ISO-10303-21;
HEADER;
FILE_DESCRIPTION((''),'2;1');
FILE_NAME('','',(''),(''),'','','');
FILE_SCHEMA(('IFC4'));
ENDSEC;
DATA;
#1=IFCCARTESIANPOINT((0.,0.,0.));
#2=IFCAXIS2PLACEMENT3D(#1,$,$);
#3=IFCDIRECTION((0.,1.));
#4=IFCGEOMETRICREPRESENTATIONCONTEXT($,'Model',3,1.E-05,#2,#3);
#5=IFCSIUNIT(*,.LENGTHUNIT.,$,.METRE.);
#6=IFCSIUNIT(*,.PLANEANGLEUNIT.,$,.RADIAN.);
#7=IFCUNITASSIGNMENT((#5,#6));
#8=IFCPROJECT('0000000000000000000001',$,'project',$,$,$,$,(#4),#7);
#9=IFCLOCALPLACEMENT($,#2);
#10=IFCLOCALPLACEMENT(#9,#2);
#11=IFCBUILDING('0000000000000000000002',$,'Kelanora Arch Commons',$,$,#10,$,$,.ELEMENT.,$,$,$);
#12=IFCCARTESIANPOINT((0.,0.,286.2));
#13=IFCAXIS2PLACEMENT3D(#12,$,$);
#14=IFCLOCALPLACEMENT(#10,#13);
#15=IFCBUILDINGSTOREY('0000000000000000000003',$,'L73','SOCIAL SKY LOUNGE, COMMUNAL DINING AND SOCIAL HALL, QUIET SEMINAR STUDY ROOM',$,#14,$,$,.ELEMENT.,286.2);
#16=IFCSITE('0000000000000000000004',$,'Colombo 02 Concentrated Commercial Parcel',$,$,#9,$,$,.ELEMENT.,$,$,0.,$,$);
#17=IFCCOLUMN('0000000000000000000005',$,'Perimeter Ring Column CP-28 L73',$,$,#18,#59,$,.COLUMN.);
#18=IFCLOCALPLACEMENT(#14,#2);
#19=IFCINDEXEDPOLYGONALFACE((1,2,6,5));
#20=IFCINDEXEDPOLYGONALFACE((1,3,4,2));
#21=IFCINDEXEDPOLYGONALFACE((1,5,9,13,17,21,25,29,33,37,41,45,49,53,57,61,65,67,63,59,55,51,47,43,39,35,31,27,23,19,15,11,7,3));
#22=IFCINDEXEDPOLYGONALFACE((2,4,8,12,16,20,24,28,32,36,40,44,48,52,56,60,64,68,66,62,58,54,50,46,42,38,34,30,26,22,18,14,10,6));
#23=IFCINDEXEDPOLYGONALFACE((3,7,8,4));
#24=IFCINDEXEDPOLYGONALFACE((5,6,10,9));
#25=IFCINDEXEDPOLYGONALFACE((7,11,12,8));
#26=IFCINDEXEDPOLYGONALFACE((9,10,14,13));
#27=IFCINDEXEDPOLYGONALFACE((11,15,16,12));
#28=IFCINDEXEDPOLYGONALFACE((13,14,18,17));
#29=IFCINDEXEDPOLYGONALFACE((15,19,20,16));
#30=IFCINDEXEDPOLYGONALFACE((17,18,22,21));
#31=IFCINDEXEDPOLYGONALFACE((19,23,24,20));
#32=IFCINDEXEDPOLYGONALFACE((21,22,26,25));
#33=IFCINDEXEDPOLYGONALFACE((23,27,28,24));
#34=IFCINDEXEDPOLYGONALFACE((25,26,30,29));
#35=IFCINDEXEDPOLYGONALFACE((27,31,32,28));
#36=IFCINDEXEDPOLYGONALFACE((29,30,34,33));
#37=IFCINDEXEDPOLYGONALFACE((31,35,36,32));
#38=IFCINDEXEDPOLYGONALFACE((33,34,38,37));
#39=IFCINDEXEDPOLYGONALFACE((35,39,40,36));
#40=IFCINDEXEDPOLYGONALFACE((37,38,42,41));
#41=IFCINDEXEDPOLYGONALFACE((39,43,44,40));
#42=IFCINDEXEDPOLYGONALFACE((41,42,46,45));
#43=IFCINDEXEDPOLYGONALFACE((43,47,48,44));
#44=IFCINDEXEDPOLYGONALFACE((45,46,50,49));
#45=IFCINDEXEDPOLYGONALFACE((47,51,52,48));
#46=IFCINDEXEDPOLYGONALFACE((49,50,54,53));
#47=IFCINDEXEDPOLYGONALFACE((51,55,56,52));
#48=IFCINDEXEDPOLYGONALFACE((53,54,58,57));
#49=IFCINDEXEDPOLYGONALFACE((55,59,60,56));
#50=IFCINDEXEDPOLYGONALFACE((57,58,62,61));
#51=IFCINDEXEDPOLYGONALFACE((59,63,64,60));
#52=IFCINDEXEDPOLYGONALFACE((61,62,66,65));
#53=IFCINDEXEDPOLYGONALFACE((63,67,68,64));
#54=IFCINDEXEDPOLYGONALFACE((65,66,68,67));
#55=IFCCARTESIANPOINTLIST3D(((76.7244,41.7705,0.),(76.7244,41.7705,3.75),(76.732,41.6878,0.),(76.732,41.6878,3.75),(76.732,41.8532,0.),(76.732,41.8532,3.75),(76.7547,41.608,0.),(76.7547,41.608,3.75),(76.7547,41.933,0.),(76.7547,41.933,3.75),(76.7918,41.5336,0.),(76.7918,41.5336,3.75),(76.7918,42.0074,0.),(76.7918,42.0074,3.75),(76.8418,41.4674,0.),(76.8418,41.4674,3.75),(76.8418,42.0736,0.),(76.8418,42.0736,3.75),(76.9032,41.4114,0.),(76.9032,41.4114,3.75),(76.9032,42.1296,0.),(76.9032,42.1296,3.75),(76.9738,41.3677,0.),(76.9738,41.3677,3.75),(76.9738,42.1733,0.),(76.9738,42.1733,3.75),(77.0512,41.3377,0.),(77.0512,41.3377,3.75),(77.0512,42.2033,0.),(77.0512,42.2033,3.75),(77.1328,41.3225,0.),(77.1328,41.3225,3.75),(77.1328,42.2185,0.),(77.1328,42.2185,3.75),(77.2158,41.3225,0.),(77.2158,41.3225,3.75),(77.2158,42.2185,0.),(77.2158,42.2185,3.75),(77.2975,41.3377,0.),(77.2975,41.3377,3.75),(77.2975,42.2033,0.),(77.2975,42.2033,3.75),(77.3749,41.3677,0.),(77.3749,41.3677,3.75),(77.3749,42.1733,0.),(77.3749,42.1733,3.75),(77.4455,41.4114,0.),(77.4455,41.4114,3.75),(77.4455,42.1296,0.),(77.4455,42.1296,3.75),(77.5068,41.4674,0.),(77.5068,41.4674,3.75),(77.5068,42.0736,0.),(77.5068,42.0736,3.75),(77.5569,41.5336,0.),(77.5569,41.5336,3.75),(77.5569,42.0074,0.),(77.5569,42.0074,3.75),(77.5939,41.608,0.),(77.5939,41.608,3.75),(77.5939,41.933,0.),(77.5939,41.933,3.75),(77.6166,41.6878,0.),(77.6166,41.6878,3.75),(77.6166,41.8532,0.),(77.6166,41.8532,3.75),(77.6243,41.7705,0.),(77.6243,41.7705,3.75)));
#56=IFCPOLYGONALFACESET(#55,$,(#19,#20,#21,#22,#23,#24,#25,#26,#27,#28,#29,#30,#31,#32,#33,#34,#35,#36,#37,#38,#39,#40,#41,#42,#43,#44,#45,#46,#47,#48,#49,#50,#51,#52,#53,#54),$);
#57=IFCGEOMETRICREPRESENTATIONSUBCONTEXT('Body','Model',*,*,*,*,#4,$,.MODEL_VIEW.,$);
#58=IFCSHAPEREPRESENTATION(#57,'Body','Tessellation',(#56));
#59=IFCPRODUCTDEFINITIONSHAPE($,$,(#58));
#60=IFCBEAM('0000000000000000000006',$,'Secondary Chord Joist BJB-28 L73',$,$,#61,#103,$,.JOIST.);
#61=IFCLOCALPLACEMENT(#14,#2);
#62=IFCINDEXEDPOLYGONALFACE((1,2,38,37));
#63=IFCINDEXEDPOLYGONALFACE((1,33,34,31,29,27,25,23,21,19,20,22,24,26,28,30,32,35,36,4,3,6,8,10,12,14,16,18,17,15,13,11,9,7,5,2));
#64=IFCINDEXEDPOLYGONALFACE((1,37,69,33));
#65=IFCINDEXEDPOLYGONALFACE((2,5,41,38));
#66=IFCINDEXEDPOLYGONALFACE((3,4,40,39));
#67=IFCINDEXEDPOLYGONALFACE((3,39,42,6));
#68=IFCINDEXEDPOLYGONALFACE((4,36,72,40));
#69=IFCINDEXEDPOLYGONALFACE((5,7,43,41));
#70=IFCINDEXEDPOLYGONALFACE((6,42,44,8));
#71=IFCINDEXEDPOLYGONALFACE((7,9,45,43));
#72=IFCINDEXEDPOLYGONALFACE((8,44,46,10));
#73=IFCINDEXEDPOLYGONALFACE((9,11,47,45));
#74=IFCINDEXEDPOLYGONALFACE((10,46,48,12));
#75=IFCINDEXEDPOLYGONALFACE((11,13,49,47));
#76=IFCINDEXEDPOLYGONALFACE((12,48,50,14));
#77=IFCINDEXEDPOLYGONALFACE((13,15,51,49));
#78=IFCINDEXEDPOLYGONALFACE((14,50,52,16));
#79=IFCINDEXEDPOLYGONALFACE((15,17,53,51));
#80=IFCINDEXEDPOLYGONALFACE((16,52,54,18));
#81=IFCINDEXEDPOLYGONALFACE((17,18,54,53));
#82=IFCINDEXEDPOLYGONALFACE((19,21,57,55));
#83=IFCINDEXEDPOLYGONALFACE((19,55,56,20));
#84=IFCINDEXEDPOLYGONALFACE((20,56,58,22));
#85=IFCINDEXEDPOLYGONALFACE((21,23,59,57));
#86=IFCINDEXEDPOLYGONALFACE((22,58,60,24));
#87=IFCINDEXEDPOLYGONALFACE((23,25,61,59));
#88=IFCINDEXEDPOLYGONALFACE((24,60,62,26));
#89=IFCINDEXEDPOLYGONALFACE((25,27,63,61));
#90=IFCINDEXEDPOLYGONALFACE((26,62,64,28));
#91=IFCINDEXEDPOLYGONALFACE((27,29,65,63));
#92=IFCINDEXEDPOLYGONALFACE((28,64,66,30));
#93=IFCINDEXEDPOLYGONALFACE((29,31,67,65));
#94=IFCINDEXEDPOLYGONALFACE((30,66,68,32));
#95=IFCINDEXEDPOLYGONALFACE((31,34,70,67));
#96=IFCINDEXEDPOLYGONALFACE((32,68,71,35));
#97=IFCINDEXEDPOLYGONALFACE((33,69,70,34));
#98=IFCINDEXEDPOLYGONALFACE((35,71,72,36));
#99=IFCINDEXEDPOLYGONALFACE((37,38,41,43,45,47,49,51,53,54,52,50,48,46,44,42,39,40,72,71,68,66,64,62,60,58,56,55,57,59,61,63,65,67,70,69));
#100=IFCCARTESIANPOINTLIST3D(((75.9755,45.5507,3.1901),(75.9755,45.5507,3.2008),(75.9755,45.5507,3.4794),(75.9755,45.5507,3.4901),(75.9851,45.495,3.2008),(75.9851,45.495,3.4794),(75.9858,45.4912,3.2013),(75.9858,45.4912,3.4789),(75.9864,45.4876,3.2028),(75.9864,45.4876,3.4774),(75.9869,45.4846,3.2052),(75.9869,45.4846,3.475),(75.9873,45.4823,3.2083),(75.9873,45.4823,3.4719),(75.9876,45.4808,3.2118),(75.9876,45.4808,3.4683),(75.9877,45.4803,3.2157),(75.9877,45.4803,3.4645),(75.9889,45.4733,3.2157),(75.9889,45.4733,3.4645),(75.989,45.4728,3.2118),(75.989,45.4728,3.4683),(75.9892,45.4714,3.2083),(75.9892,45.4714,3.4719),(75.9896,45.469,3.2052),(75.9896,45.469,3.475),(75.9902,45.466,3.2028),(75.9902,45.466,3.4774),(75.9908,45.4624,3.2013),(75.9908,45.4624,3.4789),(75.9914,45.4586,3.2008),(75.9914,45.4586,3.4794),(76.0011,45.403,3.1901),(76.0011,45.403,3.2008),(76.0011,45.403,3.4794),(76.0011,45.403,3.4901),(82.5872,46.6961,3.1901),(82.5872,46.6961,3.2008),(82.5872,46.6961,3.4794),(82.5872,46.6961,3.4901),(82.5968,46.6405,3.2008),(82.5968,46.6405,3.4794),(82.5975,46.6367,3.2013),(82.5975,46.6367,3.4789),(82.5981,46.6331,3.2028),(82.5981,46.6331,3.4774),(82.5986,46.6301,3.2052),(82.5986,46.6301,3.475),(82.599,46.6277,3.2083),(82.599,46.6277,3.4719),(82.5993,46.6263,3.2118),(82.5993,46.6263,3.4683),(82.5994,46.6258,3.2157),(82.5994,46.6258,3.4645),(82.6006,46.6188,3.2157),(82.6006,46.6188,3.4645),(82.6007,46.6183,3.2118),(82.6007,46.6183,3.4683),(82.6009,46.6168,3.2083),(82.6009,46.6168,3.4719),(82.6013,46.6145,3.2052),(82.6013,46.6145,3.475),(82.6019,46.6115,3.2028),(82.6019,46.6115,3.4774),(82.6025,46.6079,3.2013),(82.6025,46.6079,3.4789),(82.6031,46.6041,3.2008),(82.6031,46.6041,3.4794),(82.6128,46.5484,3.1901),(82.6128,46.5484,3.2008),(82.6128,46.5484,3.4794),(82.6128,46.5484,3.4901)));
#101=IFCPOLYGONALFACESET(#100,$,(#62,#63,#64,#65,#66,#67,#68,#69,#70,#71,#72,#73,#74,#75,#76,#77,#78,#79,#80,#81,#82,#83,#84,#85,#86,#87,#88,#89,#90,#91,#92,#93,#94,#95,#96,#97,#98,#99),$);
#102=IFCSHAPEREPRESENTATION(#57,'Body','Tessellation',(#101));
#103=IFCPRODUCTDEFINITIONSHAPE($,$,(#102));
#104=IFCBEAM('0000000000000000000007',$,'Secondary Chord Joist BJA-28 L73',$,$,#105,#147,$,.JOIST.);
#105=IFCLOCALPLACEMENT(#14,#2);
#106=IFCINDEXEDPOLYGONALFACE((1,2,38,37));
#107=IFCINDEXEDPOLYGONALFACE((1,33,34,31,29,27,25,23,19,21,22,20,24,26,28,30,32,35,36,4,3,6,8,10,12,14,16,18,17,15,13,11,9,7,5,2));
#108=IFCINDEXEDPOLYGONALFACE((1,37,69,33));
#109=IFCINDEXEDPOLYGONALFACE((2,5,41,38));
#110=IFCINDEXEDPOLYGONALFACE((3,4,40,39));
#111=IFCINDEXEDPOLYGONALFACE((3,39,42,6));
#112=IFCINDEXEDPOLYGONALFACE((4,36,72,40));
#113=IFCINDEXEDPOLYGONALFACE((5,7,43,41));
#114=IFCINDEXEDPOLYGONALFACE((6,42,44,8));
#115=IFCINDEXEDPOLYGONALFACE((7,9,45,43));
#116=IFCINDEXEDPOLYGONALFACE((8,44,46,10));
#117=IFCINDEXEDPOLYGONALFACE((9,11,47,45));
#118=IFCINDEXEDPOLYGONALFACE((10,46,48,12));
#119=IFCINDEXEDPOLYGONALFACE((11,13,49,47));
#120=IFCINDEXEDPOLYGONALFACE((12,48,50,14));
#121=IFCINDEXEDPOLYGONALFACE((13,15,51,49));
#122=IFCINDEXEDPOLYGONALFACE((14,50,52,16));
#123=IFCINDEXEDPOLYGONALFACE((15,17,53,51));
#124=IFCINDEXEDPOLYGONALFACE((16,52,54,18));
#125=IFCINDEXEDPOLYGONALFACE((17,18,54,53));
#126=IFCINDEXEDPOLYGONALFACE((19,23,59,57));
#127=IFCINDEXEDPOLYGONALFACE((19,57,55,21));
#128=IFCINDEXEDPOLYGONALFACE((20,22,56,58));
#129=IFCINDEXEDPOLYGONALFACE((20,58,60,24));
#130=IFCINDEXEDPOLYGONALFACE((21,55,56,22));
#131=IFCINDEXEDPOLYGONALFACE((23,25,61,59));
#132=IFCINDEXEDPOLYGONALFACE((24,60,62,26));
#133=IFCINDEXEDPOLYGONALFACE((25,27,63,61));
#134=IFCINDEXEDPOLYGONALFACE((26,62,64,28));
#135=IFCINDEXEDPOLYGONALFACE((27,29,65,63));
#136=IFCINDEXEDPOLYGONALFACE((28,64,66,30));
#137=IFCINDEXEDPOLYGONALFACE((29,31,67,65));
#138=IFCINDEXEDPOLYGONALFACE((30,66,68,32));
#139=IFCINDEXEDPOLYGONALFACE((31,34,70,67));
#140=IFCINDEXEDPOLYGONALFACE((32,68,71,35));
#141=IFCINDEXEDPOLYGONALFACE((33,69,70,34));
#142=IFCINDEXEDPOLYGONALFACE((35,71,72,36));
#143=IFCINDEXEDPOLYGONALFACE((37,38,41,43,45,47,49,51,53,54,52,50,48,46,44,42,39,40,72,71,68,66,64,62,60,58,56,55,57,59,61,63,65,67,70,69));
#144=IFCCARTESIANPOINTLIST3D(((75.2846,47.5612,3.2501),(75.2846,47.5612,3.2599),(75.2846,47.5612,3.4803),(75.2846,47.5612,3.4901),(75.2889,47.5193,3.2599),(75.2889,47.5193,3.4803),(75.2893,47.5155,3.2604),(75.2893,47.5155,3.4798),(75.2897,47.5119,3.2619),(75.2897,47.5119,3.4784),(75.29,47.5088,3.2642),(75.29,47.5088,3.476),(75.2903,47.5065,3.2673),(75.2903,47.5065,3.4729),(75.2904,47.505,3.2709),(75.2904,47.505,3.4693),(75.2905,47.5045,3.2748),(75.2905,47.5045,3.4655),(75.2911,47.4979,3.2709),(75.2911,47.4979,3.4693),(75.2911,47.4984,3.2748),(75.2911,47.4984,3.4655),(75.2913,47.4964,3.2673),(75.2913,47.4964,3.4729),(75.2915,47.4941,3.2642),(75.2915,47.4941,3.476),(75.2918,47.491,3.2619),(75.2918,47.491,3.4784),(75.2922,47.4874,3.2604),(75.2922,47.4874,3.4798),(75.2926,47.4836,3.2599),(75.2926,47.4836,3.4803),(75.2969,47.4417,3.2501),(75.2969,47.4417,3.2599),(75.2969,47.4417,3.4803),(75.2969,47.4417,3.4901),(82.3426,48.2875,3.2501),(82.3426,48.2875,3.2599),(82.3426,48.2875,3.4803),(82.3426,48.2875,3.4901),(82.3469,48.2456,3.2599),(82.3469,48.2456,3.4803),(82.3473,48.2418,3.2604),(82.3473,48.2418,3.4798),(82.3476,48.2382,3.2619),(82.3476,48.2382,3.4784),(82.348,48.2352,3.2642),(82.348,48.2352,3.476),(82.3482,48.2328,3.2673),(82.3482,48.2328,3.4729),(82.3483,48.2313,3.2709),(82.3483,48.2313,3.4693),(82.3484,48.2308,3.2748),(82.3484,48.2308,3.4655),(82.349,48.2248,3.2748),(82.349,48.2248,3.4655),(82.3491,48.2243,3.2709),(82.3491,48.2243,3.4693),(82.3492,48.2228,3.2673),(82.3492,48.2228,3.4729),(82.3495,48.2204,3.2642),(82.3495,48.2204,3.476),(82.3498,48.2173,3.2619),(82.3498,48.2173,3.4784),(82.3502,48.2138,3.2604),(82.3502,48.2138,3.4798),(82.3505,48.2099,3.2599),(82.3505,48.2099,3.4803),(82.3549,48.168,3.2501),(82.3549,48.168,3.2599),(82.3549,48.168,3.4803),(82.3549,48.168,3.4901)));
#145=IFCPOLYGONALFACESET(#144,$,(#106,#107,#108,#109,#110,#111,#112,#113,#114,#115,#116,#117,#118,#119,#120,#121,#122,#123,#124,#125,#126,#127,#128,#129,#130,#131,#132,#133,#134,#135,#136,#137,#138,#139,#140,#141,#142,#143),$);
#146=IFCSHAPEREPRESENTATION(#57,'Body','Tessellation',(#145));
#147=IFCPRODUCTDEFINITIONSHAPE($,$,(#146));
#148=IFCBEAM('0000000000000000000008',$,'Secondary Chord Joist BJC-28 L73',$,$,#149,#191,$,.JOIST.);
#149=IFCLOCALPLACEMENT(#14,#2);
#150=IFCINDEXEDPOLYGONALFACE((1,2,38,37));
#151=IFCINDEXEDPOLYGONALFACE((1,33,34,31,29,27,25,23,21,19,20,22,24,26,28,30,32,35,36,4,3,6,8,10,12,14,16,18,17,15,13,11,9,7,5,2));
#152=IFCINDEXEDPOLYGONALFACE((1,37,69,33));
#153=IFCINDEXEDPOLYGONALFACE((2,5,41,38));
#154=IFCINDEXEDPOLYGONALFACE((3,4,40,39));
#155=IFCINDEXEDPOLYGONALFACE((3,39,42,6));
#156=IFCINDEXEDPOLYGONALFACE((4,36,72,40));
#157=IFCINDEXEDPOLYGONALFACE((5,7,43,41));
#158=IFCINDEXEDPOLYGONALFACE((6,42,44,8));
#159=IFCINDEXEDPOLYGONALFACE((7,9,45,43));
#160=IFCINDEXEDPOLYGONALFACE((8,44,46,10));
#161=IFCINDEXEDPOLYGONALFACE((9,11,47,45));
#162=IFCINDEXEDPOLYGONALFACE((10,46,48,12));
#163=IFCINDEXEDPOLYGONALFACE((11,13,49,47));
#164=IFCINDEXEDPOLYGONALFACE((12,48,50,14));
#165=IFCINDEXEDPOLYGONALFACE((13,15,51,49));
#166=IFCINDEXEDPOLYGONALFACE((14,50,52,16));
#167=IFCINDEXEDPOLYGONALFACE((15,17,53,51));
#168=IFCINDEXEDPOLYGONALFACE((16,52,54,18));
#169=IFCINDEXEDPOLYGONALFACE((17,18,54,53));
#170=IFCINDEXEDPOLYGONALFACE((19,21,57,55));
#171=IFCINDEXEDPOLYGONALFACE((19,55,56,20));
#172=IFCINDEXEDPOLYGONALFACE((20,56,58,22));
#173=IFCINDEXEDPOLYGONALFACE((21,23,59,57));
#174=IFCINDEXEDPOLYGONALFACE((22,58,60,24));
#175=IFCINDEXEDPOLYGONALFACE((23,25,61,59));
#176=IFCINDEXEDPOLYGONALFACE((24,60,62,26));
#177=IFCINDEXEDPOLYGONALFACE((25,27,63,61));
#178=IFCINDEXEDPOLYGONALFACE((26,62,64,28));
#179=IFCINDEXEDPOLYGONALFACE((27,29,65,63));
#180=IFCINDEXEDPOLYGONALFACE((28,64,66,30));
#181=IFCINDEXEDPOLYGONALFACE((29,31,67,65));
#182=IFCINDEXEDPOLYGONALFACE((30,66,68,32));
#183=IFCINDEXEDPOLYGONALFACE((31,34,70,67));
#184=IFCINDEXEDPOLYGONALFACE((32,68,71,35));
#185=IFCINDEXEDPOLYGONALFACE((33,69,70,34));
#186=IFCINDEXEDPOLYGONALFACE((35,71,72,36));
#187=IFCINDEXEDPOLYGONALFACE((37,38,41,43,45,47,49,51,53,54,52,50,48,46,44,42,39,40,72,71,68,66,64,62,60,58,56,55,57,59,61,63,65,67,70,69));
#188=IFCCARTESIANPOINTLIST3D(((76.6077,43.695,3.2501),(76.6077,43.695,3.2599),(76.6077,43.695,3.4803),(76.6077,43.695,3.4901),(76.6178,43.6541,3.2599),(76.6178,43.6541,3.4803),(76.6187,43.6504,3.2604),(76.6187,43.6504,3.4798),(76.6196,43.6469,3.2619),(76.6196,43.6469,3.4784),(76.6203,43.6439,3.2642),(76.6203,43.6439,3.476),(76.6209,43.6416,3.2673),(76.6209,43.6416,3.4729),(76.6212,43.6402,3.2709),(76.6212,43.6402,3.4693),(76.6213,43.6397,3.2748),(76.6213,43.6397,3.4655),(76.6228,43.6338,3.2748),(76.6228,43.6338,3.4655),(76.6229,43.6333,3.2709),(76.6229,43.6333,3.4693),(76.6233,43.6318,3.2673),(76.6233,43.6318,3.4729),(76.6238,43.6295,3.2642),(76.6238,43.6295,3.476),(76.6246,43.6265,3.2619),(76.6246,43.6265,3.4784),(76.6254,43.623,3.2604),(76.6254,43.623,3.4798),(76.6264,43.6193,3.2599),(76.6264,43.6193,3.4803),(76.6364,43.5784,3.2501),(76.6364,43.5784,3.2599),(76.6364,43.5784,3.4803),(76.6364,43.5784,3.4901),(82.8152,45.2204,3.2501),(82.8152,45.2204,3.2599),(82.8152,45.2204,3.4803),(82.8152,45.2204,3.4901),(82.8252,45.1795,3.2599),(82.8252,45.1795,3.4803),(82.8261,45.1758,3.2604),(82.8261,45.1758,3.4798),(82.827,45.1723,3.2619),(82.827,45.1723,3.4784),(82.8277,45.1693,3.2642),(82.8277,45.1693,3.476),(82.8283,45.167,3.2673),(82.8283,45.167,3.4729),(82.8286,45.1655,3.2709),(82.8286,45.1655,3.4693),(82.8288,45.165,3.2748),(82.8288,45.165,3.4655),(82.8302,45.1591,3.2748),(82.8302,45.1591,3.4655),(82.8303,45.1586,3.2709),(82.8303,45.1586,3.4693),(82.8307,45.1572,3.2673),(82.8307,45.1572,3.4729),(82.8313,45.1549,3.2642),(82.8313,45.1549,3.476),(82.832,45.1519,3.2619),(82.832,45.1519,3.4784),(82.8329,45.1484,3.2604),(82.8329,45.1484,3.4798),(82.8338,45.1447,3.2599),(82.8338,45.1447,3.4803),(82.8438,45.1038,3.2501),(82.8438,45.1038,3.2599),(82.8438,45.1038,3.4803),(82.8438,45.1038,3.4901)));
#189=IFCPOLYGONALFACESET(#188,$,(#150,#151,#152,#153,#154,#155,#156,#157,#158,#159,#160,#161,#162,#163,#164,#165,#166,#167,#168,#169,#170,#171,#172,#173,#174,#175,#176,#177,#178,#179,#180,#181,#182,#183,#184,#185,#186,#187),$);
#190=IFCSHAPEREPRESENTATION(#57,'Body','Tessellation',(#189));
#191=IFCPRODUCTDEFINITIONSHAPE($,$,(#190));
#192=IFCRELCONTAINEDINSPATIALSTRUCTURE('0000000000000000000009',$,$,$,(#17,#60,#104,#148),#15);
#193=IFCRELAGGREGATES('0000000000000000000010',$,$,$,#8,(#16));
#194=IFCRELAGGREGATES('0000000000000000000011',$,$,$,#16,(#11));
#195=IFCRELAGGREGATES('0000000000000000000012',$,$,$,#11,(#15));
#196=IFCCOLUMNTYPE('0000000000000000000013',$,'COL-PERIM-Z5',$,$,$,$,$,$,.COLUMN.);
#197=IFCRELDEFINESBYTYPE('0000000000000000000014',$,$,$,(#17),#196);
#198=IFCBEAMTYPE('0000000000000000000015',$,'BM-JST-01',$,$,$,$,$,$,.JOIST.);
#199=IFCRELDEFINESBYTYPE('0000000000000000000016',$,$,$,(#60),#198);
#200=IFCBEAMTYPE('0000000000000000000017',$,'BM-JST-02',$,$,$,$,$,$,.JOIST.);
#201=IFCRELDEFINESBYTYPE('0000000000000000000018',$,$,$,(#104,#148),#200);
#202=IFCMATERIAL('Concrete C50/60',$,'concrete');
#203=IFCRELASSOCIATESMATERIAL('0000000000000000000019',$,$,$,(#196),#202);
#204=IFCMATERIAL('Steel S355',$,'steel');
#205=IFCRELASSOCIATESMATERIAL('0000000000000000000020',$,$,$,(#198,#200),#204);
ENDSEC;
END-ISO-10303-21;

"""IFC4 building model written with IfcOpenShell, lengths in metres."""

from ifc_helpers import new_model, si_unit, direction, frame, origin, origin_2d, place, context, subcontext, project, spatial, circle, i_section, extrude, material, material_profile, profile_set, type_object, element, save


model = new_model("IFC4")

# Units and contexts
model_context = context("Model", 3, precision=1e-05, world=origin(), true_north=direction((0.0, 1.0)))
body_context = subcontext(model_context, "Body", "Model", "MODEL_VIEW")
ifc_project = project(units=[si_unit("LENGTHUNIT", "METRE"), si_unit("PLANEANGLEUNIT", "RADIAN")], contexts=[model_context])

# Site, building, storey
site_placement = place(None, origin())
site = spatial("IfcSite", under=ifc_project, at=site_placement, Name="Colombo 02 Concentrated Commercial Parcel", CompositionType="ELEMENT", RefElevation=0.0)
building_placement = place(site_placement, origin())
building = spatial("IfcBuilding", under=site, at=building_placement, Name="Kelanora Arch Commons", CompositionType="ELEMENT")
storey_placement = place(building_placement, frame((0.0, 0.0, 286.2)))
storey = spatial("IfcBuildingStorey", under=building, at=storey_placement, Name="L73", Description="SOCIAL SKY LOUNGE, COMMUNAL DINING AND SOCIAL HALL, QUIET SEMINAR STUDY ROOM", CompositionType="ELEMENT", Elevation=286.2)

# Column
ifc_material_1 = material(Name="Concrete C50/60", Category="concrete")
ifc_material_profile_1 = material_profile(ifc_material_1, circle(Radius=0.45, at=origin_2d()), Name="RCC900")
ifc_profile_set_1 = profile_set([ifc_material_profile_1], Name="Concrete C50/60")
column_type = type_object("IfcColumnType", Name="COL-PERIM-Z5", PredefinedType="COLUMN", material=ifc_profile_set_1)
column_placement = place(storey_placement, frame((77.1743, 41.7705, 0.0), z_axis=(0.0, 0.0, 1.0), x_axis=(1.0, 0.0, 0.0)))
element("IfcColumn", 1, at=column_placement, inside=storey, type_object=column_type, Name="Perimeter Ring Column CP-28 L73", PredefinedType="COLUMN", context=body_context, shape_type="SweptSolid", body=[
    extrude(circle(Radius=0.45, at=origin_2d()), origin(), (0.0, 0.0, 1.0), 3.75),
])

# Beams
ifc_material_2 = material(Name="Steel S355", Category="steel")
ifc_material_profile_2 = material_profile(ifc_material_2, i_section(OverallWidth=0.1499, OverallDepth=0.3, WebThickness=0.0071, FlangeThickness=0.0107, FilletRadius=0.0149, at=origin_2d()), Name="IPE300")
ifc_profile_set_2 = profile_set([ifc_material_profile_2], Name="Steel S355")
beam_type_1 = type_object("IfcBeamType", Name="BM-JST-01", PredefinedType="JOIST", material=ifc_profile_set_2)
beam_1_placement = place(storey_placement, frame((75.9883, 45.4768, 3.3401), z_axis=(0.985322, 0.170709, 0.0), x_axis=(-0.170709, 0.985322, 0.0)))
element("IfcBeam", 2, at=beam_1_placement, inside=storey, type_object=beam_type_1, Name="Secondary Chord Joist BJB-28 L73", PredefinedType="JOIST", context=body_context, shape_type="SweptSolid", body=[
    extrude(i_section(OverallWidth=0.1499, OverallDepth=0.3, WebThickness=0.0071, FlangeThickness=0.0107, FilletRadius=0.0149, at=origin_2d()), origin(), (0.0, 0.0, 1.0), 6.7102),
])
ifc_material_profile_3 = material_profile(ifc_material_2, i_section(OverallWidth=0.1201, OverallDepth=0.24, WebThickness=0.0061, FlangeThickness=0.0098, FilletRadius=0.0149, at=origin_2d()), Name="IPE240")
ifc_profile_set_3 = profile_set([ifc_material_profile_3], Name="Steel S355")
beam_type_2 = type_object("IfcBeamType", Name="BM-JST-02", PredefinedType="JOIST", material=ifc_profile_set_3)
beam_2_placement = place(storey_placement, frame((75.2908, 47.5015, 3.3701), z_axis=(0.994747, 0.102369, 0.0), x_axis=(-0.102369, 0.994747, 0.0)))
element("IfcBeam", 3, at=beam_2_placement, inside=storey, type_object=beam_type_2, Name="Secondary Chord Joist BJA-28 L73", PredefinedType="JOIST", context=body_context, shape_type="SweptSolid", body=[
    extrude(i_section(OverallWidth=0.1201, OverallDepth=0.24, WebThickness=0.0061, FlangeThickness=0.0098, FilletRadius=0.0149, at=origin_2d()), origin(), (0.0, 0.0, 1.0), 7.0952),
])
beam_3_placement = place(storey_placement, frame((76.6221, 43.6367, 3.3701), z_axis=(0.97111, 0.238633, 0.0), x_axis=(-0.238633, 0.97111, 0.0)))
element("IfcBeam", 4, at=beam_3_placement, inside=storey, type_object=beam_type_2, Name="Secondary Chord Joist BJC-28 L73", PredefinedType="JOIST", context=body_context, shape_type="SweptSolid", body=[
    extrude(i_section(OverallWidth=0.1201, OverallDepth=0.24, WebThickness=0.0061, FlangeThickness=0.0098, FilletRadius=0.0149, at=origin_2d()), origin(), (0.0, 0.0, 1.0), 6.3921),
])

save(model, "model.ifc")
